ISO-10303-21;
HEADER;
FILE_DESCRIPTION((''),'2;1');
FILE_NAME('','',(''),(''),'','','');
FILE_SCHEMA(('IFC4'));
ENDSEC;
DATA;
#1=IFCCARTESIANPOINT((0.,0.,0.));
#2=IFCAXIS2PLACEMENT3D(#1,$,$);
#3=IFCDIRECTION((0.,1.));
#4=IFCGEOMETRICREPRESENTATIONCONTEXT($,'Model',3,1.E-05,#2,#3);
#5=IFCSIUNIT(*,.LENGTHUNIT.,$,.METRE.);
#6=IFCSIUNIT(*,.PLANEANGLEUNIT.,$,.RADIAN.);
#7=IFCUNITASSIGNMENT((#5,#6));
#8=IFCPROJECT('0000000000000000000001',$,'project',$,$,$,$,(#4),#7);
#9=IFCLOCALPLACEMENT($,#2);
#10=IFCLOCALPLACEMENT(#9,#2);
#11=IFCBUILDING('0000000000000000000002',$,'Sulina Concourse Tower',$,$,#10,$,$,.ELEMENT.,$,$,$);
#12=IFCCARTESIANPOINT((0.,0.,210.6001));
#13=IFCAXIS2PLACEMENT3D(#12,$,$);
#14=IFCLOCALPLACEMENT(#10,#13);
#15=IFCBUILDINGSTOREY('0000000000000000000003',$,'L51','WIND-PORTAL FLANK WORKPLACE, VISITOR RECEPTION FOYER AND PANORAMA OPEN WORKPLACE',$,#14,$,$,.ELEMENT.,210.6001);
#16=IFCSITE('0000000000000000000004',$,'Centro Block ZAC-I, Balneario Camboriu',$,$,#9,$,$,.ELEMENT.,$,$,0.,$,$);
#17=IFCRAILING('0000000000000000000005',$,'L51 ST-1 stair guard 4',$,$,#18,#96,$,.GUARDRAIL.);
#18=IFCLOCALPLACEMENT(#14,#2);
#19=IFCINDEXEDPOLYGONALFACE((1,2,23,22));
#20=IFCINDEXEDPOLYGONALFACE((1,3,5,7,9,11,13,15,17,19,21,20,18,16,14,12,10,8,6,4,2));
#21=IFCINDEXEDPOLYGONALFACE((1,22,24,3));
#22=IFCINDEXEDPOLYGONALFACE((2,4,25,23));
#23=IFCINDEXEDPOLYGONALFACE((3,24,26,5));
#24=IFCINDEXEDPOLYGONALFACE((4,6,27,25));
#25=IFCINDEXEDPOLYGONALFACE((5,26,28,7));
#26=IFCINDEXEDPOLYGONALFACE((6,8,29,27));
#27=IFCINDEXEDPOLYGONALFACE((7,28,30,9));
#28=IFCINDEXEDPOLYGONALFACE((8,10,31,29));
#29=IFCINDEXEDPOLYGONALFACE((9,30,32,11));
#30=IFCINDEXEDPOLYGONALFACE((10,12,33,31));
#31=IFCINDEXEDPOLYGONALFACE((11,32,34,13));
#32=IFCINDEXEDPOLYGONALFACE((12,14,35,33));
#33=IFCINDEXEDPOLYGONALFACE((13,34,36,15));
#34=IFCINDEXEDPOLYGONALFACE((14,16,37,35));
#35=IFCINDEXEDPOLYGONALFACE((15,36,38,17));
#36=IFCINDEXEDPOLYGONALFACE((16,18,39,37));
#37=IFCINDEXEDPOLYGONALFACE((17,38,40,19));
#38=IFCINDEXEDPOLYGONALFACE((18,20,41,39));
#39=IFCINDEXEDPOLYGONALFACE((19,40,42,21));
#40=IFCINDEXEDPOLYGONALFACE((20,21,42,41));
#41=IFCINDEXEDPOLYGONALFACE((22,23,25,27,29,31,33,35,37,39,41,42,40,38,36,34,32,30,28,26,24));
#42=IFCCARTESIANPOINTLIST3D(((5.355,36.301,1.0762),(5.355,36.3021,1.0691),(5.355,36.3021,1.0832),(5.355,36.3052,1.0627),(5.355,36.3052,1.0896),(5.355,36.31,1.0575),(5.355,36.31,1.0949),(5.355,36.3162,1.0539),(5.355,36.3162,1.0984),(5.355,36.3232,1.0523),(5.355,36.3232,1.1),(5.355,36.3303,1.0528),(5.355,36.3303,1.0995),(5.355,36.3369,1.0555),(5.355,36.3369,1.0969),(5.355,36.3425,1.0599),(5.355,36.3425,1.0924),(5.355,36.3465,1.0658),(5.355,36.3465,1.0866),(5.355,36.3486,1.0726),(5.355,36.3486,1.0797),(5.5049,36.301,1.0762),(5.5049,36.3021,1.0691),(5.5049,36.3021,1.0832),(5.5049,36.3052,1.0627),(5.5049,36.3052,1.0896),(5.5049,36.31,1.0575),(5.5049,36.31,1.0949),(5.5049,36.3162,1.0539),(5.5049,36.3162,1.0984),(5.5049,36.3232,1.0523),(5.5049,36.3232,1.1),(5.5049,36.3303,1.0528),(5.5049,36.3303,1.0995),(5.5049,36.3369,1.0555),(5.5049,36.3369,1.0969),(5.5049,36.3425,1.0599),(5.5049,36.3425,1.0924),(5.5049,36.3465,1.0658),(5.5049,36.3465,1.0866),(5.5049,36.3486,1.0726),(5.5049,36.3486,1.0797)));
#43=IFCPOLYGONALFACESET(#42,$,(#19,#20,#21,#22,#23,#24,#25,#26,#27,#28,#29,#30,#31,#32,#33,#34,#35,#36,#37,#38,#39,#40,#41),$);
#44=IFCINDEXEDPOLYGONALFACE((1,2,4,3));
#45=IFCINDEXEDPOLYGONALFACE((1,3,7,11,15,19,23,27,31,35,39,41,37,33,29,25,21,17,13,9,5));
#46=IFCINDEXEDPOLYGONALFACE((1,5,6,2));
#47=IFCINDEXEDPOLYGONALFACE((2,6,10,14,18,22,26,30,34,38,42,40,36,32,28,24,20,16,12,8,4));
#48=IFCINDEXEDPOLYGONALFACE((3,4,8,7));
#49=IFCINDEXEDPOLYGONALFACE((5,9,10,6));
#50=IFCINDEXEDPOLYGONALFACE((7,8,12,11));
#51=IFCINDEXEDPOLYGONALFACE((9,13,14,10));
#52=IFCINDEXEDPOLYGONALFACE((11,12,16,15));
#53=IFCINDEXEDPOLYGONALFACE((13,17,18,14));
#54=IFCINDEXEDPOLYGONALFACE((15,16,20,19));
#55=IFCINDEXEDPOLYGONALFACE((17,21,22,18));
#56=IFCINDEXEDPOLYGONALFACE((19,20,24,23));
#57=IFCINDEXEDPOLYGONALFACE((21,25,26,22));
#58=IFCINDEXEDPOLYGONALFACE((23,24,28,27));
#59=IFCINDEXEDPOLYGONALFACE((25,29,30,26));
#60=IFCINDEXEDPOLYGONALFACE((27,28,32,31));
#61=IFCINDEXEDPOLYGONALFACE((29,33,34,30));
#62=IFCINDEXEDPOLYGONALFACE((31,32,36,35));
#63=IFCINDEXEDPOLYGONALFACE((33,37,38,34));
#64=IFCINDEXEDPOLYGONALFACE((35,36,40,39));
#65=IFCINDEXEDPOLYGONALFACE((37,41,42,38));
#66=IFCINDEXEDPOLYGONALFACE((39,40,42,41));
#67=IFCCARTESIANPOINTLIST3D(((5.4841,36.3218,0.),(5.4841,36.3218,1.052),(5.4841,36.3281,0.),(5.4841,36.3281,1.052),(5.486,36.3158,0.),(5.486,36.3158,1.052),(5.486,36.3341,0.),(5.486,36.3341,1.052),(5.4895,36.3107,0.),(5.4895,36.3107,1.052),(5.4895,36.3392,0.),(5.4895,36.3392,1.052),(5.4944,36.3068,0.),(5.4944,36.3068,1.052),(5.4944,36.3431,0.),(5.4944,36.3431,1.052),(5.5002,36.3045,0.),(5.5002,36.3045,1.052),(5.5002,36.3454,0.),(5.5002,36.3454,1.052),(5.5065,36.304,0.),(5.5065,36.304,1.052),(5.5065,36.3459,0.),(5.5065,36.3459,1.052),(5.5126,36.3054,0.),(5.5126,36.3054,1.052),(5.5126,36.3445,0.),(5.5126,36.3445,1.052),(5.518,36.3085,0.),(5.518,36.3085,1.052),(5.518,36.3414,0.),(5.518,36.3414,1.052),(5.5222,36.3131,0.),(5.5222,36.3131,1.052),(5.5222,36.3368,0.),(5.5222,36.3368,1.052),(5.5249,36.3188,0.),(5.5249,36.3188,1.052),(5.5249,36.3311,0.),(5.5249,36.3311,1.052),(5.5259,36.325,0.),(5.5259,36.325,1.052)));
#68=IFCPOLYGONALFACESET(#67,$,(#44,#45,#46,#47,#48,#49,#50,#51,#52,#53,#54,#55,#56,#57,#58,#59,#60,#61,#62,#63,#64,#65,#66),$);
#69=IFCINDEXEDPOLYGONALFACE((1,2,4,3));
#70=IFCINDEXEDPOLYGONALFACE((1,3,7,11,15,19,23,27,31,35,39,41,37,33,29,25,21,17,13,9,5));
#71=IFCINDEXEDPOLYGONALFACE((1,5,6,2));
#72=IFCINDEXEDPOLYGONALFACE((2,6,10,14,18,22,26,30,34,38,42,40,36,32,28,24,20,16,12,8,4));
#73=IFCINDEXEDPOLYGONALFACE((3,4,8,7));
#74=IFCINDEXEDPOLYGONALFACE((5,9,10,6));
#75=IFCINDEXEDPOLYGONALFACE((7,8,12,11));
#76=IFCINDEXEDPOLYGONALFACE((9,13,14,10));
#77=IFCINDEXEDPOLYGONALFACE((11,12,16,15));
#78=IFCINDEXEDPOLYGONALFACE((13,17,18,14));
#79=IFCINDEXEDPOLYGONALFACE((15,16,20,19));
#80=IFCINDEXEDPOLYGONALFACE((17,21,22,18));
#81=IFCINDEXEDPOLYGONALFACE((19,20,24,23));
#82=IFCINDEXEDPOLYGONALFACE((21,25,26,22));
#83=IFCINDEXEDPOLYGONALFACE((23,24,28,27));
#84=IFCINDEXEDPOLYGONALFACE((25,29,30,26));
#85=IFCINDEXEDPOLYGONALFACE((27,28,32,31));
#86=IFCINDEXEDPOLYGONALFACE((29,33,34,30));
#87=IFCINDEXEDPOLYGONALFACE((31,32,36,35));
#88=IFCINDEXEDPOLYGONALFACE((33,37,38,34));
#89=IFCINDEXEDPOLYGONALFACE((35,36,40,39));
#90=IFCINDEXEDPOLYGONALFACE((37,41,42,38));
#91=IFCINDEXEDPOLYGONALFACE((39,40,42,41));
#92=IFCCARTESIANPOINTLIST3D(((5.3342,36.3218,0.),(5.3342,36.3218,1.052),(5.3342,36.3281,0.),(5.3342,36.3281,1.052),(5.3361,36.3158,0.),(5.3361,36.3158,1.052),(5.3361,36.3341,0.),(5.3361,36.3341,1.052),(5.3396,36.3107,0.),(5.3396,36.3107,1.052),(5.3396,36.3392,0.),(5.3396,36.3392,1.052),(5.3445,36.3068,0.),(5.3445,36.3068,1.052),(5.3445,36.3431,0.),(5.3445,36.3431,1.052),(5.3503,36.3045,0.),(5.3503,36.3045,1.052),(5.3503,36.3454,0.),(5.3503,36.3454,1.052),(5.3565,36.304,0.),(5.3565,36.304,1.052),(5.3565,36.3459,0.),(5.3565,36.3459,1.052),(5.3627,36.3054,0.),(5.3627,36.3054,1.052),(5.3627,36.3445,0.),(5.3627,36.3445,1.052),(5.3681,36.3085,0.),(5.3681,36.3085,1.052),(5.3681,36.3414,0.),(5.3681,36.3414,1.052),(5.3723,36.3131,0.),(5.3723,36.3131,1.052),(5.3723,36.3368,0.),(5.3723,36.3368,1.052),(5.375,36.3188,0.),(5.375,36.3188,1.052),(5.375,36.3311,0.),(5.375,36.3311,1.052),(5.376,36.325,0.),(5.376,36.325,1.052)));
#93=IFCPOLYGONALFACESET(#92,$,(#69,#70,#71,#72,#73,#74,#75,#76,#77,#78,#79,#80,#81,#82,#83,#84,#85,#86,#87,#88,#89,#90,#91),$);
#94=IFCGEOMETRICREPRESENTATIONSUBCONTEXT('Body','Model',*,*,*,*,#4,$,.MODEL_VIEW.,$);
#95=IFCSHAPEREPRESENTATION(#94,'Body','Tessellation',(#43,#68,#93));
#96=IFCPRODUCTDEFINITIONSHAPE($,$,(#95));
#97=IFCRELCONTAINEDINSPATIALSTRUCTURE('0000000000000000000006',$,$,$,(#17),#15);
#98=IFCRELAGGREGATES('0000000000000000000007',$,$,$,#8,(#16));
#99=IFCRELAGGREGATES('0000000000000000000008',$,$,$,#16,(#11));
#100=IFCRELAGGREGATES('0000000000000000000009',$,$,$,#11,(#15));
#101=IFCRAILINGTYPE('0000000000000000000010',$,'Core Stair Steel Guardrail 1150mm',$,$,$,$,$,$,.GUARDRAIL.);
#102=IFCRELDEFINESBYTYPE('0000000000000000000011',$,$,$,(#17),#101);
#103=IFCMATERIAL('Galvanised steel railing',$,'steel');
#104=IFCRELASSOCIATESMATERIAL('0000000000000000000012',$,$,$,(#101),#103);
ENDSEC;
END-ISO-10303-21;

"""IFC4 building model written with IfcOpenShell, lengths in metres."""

from ifc_helpers import new_model, si_unit, direction, frame, origin, origin_2d, place, context, subcontext, project, spatial, circle, extrude, material, type_object, element, save


model = new_model("IFC4")

# Units and contexts
model_context = context("Model", 3, precision=1e-05, world=origin(), true_north=direction((0.0, 1.0)))
body_context = subcontext(model_context, "Body", "Model", "MODEL_VIEW")
ifc_project = project(units=[si_unit("LENGTHUNIT", "METRE"), si_unit("PLANEANGLEUNIT", "RADIAN")], contexts=[model_context])

# Site, building, storey
site_placement = place(None, origin())
site = spatial("IfcSite", under=ifc_project, at=site_placement, Name="Centro Block ZAC-I, Balneario Camboriu", CompositionType="ELEMENT", RefElevation=0.0)
building_placement = place(site_placement, origin())
building = spatial("IfcBuilding", under=site, at=building_placement, Name="Sulina Concourse Tower", CompositionType="ELEMENT")
storey_placement = place(building_placement, frame((0.0, 0.0, 210.6001)))
storey = spatial("IfcBuildingStorey", under=building, at=storey_placement, Name="L51", Description="WIND-PORTAL FLANK WORKPLACE, VISITOR RECEPTION FOYER AND PANORAMA OPEN WORKPLACE", CompositionType="ELEMENT", Elevation=210.6001)

# Railing
ifc_material_1 = material(Name="Galvanised steel railing", Category="steel")
railing_type_1 = type_object("IfcRailingType", Name="Core Stair Steel Guardrail 1150mm", PredefinedType="GUARDRAIL", material=ifc_material_1)
railing_1_placement = place(storey_placement, frame((5.5049, 36.325, 0.0)))
element("IfcRailing", 1, at=railing_1_placement, inside=storey, type_object=railing_type_1, Name="L51 ST-1 stair guard 4", PredefinedType="GUARDRAIL", context=body_context, shape_type="SweptSolid", body=[
    extrude(circle(Radius=0.0239, at=origin_2d()), frame((0.0, 0.0, 1.0762), z_axis=(-1.0, 0.0, 0.0), x_axis=(0.0, -1.0, 0.0)), (0.0, 0.0, 1.0), 0.1499),
    extrude(circle(Radius=0.021, at=origin_2d()), origin(), (0.0, 0.0, 1.0), 1.052),
    extrude(circle(Radius=0.021, at=origin_2d()), frame((-0.1499, 0.0, 0.0)), (0.0, 0.0, 1.0), 1.052),
])

save(model, "model.ifc")
